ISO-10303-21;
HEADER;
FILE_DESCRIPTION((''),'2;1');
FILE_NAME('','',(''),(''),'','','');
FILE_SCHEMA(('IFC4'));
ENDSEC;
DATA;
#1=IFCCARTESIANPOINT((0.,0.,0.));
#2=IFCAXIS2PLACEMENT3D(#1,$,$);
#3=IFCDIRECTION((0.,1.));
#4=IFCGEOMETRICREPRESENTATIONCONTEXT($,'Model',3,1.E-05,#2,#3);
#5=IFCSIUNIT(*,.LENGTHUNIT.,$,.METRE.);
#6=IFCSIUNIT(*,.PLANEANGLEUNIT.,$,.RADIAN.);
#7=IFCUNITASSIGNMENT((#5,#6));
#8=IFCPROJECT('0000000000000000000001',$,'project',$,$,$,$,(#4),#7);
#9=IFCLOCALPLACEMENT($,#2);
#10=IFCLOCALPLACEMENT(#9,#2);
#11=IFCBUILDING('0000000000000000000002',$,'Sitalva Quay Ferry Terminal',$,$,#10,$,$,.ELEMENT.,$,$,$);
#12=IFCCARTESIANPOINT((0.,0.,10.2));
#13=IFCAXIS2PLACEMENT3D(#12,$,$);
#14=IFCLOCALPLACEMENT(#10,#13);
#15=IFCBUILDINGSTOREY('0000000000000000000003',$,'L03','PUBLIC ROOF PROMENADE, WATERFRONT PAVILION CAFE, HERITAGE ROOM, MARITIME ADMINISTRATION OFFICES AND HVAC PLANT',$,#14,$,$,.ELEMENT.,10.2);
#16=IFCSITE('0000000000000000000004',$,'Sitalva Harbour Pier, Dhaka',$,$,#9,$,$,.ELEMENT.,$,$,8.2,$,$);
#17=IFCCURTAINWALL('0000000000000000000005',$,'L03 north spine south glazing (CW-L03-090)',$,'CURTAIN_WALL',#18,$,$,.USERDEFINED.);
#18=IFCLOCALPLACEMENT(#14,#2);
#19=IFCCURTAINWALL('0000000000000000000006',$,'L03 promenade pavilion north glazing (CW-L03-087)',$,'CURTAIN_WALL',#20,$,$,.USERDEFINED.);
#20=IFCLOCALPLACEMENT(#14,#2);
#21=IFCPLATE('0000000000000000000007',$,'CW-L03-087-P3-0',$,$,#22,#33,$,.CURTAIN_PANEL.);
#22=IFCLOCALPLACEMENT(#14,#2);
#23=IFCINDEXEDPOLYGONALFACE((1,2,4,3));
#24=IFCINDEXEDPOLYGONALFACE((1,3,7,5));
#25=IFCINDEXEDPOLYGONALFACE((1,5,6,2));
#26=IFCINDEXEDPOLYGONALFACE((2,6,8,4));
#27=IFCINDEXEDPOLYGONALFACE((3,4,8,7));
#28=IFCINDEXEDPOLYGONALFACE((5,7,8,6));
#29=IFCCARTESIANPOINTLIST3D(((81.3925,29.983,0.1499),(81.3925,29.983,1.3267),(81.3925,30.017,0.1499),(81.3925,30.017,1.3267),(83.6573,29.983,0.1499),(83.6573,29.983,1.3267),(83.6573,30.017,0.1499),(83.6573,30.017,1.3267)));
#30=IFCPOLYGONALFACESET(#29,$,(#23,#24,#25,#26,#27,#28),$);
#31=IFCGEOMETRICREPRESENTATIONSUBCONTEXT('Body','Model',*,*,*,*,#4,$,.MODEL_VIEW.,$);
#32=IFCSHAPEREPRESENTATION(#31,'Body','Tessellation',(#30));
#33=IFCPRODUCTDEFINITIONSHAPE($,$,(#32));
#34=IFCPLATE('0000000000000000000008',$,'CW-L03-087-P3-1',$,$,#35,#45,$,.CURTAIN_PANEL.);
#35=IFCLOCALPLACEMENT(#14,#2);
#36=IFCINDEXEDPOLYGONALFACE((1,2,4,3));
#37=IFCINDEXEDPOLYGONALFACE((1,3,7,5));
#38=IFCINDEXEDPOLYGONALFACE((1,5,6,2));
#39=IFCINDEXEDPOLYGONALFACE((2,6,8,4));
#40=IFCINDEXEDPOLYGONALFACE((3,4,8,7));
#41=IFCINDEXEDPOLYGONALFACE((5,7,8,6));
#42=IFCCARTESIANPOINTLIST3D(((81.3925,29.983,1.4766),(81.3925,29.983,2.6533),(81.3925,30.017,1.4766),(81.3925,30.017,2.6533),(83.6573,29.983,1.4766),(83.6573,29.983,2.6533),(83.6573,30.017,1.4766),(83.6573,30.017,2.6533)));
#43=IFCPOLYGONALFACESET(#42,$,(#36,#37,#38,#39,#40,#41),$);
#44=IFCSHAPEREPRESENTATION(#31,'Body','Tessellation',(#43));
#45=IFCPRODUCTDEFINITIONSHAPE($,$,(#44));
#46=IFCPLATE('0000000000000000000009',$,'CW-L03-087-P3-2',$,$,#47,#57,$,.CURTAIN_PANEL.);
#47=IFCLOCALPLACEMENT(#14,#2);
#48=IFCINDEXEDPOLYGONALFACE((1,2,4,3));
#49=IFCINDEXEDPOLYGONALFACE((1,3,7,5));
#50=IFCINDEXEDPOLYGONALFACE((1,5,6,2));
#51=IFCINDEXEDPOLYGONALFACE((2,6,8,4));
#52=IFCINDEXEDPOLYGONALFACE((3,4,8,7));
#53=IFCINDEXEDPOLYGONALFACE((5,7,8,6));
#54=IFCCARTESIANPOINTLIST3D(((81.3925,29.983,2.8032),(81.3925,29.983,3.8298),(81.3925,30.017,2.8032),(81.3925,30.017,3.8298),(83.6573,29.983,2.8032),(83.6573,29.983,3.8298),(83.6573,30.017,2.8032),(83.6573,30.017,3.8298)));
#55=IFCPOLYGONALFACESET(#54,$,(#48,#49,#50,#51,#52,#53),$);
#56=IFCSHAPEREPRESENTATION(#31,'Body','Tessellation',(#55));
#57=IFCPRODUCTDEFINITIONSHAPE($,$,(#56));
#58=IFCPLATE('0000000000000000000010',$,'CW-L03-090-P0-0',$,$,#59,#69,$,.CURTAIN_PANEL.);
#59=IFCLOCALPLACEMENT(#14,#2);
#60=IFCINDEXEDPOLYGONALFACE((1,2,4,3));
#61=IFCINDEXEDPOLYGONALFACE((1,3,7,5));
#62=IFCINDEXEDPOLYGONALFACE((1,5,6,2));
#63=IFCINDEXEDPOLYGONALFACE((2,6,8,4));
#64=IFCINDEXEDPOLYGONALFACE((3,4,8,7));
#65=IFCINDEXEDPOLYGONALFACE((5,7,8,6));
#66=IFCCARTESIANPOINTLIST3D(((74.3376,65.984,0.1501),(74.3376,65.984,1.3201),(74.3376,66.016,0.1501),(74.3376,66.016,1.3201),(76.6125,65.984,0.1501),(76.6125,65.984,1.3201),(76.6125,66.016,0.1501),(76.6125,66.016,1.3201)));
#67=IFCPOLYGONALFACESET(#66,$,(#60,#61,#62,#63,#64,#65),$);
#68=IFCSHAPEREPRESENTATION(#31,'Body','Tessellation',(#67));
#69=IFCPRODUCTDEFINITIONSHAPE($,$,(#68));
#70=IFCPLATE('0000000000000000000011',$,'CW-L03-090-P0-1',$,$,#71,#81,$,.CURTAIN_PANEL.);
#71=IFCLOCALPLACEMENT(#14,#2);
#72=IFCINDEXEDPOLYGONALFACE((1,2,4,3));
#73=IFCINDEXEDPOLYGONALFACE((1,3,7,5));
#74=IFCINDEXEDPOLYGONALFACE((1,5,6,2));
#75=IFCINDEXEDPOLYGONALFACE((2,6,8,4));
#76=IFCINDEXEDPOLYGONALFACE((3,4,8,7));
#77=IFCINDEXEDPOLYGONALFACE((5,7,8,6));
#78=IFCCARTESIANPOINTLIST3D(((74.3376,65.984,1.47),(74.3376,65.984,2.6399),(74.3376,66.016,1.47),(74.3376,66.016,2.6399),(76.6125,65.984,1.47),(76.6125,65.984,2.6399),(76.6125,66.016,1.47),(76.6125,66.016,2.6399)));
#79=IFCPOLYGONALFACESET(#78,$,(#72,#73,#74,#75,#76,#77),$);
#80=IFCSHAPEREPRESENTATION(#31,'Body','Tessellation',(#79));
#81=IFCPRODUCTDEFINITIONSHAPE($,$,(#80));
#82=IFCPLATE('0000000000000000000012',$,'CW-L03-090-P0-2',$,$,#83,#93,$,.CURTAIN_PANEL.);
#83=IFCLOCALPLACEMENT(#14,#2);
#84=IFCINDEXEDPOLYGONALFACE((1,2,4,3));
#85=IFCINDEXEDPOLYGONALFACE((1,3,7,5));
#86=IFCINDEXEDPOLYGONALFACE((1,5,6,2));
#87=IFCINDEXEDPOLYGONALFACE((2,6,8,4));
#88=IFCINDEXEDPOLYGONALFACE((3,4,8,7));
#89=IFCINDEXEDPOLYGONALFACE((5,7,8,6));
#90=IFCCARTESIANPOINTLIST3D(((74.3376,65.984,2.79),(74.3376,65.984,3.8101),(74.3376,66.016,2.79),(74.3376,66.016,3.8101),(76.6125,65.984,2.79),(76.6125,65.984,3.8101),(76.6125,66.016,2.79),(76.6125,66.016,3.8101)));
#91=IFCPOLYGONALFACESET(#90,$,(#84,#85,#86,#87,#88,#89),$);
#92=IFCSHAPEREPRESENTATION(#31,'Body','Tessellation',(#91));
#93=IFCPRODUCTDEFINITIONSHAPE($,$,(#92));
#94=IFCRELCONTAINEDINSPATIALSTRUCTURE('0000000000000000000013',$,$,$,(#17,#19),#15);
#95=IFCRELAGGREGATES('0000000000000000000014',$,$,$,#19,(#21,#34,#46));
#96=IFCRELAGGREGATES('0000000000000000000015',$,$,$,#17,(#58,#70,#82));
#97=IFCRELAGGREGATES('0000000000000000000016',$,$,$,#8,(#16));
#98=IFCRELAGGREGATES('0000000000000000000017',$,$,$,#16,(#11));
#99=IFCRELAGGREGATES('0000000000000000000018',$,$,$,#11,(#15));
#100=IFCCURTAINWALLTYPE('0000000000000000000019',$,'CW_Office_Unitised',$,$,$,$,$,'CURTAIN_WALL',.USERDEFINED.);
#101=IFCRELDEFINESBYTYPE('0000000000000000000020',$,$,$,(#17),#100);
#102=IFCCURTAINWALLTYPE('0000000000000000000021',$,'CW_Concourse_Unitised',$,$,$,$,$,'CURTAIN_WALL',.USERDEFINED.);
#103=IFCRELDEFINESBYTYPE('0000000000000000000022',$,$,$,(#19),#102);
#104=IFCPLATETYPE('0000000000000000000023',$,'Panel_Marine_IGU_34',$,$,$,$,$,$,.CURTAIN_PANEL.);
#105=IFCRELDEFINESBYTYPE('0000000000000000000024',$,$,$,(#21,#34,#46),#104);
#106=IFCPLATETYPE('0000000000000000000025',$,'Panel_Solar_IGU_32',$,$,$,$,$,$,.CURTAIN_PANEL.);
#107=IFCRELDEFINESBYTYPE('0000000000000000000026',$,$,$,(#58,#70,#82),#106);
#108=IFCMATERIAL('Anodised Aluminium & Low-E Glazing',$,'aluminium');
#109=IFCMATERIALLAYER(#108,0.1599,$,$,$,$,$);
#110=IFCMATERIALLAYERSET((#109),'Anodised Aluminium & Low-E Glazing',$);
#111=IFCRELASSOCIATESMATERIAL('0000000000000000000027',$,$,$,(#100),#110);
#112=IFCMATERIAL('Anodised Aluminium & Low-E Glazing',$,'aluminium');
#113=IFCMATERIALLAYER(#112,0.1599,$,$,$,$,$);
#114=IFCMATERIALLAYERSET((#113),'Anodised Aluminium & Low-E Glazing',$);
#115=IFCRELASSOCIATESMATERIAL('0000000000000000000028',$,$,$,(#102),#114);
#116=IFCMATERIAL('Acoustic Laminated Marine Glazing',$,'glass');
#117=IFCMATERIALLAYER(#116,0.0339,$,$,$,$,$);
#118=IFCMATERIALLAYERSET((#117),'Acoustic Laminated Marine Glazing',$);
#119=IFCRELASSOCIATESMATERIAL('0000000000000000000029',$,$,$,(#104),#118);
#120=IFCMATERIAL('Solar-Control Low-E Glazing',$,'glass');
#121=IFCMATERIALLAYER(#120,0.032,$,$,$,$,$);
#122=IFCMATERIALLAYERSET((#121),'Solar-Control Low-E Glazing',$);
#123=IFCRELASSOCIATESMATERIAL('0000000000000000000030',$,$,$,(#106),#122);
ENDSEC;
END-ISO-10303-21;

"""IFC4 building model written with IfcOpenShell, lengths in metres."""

from ifc_helpers import new_model, si_unit, direction, frame, origin, origin_2d, place, context, subcontext, project, spatial, rectangle, extrude, material, layer, layer_set, type_object, element, aggregate, save


model = new_model("IFC4")

# Units and contexts
model_context = context("Model", 3, precision=1e-05, world=origin(), true_north=direction((0.0, 1.0)))
body_context = subcontext(model_context, "Body", "Model", "MODEL_VIEW")
ifc_project = project(units=[si_unit("LENGTHUNIT", "METRE"), si_unit("PLANEANGLEUNIT", "RADIAN")], contexts=[model_context])

# Site, building, storey
site_placement = place(None, origin())
site = spatial("IfcSite", under=ifc_project, at=site_placement, Name="Sitalva Harbour Pier, Dhaka", CompositionType="ELEMENT", RefElevation=8.2)
building_placement = place(site_placement, origin())
building = spatial("IfcBuilding", under=site, at=building_placement, Name="Sitalva Quay Ferry Terminal", CompositionType="ELEMENT")
storey_placement = place(building_placement, frame((0.0, 0.0, 10.2)))
storey = spatial("IfcBuildingStorey", under=building, at=storey_placement, Name="L03", Description="PUBLIC ROOF PROMENADE, WATERFRONT PAVILION CAFE, HERITAGE ROOM, MARITIME ADMINISTRATION OFFICES AND HVAC PLANT", CompositionType="ELEMENT", Elevation=10.2)

# Curtain wall
ifc_material_1 = material(Name="Anodised Aluminium & Low-E Glazing", Category="aluminium")
ifc_layer_1 = layer(ifc_material_1, 0.1599)
ifc_layer_set_1 = layer_set([ifc_layer_1], Name="Anodised Aluminium & Low-E Glazing")
curtain_wall_type_1 = type_object("IfcCurtainWallType", Name="CW_Office_Unitised", ElementType="CURTAIN_WALL", PredefinedType="USERDEFINED", material=ifc_layer_set_1)
curtain_wall_1_placement = place(storey_placement, origin())
curtain_wall_1 = element("IfcCurtainWall", 1, at=curtain_wall_1_placement, inside=storey, type_object=curtain_wall_type_1, Name="L03 north spine south glazing (CW-L03-090)", ObjectType="CURTAIN_WALL", PredefinedType="USERDEFINED")

# Curtain wall
ifc_material_2 = material(Name="Anodised Aluminium & Low-E Glazing", Category="aluminium")
ifc_layer_2 = layer(ifc_material_2, 0.1599)
ifc_layer_set_2 = layer_set([ifc_layer_2], Name="Anodised Aluminium & Low-E Glazing")
curtain_wall_type_2 = type_object("IfcCurtainWallType", Name="CW_Concourse_Unitised", ElementType="CURTAIN_WALL", PredefinedType="USERDEFINED", material=ifc_layer_set_2)
curtain_wall_2_placement = place(storey_placement, origin())
curtain_wall_2 = element("IfcCurtainWall", 2, at=curtain_wall_2_placement, inside=storey, type_object=curtain_wall_type_2, Name="L03 promenade pavilion north glazing (CW-L03-087)", ObjectType="CURTAIN_WALL", PredefinedType="USERDEFINED")

# Plates
ifc_material_3 = material(Name="Acoustic Laminated Marine Glazing", Category="glass")
ifc_layer_3 = layer(ifc_material_3, 0.0339)
ifc_layer_set_3 = layer_set([ifc_layer_3], Name="Acoustic Laminated Marine Glazing")
plate_type_1 = type_object("IfcPlateType", Name="Panel_Marine_IGU_34", PredefinedType="CURTAIN_PANEL", material=ifc_layer_set_3)
plate_1_placement = place(storey_placement, frame((82.5249, 30.0, 0.1499), z_axis=(0.0, 0.0, 1.0), x_axis=(1.0, 0.0, 0.0)))
plate_1 = element("IfcPlate", 3, at=plate_1_placement, type_object=plate_type_1, Name="CW-L03-087-P3-0", PredefinedType="CURTAIN_PANEL", context=body_context, shape_type="SweptSolid", body=[
    extrude(rectangle(XDim=2.2649, YDim=0.0339, at=origin_2d()), origin(), (0.0, 0.0, 1.0), 1.1768),
])
plate_2_placement = place(storey_placement, frame((82.5249, 30.0, 1.4766), z_axis=(0.0, 0.0, 1.0), x_axis=(1.0, 0.0, 0.0)))
plate_2 = element("IfcPlate", 4, at=plate_2_placement, type_object=plate_type_1, Name="CW-L03-087-P3-1", PredefinedType="CURTAIN_PANEL", context=body_context, shape_type="SweptSolid", body=[
    extrude(rectangle(XDim=2.2649, YDim=0.0339, at=origin_2d()), origin(), (0.0, 0.0, 1.0), 1.1768),
])
plate_3_placement = place(storey_placement, frame((82.5249, 30.0, 2.8032), z_axis=(0.0, 0.0, 1.0), x_axis=(1.0, 0.0, 0.0)))
plate_3 = element("IfcPlate", 5, at=plate_3_placement, type_object=plate_type_1, Name="CW-L03-087-P3-2", PredefinedType="CURTAIN_PANEL", context=body_context, shape_type="SweptSolid", body=[
    extrude(rectangle(XDim=2.2649, YDim=0.0339, at=origin_2d()), origin(), (0.0, 0.0, 1.0), 1.0266),
])
aggregate(curtain_wall_2, [plate_1, plate_2, plate_3])
ifc_material_4 = material(Name="Solar-Control Low-E Glazing", Category="glass")
ifc_layer_4 = layer(ifc_material_4, 0.032)
ifc_layer_set_4 = layer_set([ifc_layer_4], Name="Solar-Control Low-E Glazing")
plate_type_2 = type_object("IfcPlateType", Name="Panel_Solar_IGU_32", PredefinedType="CURTAIN_PANEL", material=ifc_layer_set_4)
plate_4_placement = place(storey_placement, frame((75.4751, 66.0, 0.1501), z_axis=(0.0, 0.0, 1.0), x_axis=(1.0, 0.0, 0.0)))
plate_4 = element("IfcPlate", 6, at=plate_4_placement, type_object=plate_type_2, Name="CW-L03-090-P0-0", PredefinedType="CURTAIN_PANEL", context=body_context, shape_type="SweptSolid", body=[
    extrude(rectangle(XDim=2.2749, YDim=0.032, at=origin_2d()), origin(), (0.0, 0.0, 1.0), 1.1699),
])
plate_5_placement = place(storey_placement, frame((75.4751, 66.0, 1.47), z_axis=(0.0, 0.0, 1.0), x_axis=(1.0, 0.0, 0.0)))
plate_5 = element("IfcPlate", 7, at=plate_5_placement, type_object=plate_type_2, Name="CW-L03-090-P0-1", PredefinedType="CURTAIN_PANEL", context=body_context, shape_type="SweptSolid", body=[
    extrude(rectangle(XDim=2.2749, YDim=0.032, at=origin_2d()), origin(), (0.0, 0.0, 1.0), 1.1699),
])
plate_6_placement = place(storey_placement, frame((75.4751, 66.0, 2.79), z_axis=(0.0, 0.0, 1.0), x_axis=(1.0, 0.0, 0.0)))
plate_6 = element("IfcPlate", 8, at=plate_6_placement, type_object=plate_type_2, Name="CW-L03-090-P0-2", PredefinedType="CURTAIN_PANEL", context=body_context, shape_type="SweptSolid", body=[
    extrude(rectangle(XDim=2.2749, YDim=0.032, at=origin_2d()), origin(), (0.0, 0.0, 1.0), 1.02),
])
aggregate(curtain_wall_1, [plate_4, plate_5, plate_6])

save(model, "model.ifc")
